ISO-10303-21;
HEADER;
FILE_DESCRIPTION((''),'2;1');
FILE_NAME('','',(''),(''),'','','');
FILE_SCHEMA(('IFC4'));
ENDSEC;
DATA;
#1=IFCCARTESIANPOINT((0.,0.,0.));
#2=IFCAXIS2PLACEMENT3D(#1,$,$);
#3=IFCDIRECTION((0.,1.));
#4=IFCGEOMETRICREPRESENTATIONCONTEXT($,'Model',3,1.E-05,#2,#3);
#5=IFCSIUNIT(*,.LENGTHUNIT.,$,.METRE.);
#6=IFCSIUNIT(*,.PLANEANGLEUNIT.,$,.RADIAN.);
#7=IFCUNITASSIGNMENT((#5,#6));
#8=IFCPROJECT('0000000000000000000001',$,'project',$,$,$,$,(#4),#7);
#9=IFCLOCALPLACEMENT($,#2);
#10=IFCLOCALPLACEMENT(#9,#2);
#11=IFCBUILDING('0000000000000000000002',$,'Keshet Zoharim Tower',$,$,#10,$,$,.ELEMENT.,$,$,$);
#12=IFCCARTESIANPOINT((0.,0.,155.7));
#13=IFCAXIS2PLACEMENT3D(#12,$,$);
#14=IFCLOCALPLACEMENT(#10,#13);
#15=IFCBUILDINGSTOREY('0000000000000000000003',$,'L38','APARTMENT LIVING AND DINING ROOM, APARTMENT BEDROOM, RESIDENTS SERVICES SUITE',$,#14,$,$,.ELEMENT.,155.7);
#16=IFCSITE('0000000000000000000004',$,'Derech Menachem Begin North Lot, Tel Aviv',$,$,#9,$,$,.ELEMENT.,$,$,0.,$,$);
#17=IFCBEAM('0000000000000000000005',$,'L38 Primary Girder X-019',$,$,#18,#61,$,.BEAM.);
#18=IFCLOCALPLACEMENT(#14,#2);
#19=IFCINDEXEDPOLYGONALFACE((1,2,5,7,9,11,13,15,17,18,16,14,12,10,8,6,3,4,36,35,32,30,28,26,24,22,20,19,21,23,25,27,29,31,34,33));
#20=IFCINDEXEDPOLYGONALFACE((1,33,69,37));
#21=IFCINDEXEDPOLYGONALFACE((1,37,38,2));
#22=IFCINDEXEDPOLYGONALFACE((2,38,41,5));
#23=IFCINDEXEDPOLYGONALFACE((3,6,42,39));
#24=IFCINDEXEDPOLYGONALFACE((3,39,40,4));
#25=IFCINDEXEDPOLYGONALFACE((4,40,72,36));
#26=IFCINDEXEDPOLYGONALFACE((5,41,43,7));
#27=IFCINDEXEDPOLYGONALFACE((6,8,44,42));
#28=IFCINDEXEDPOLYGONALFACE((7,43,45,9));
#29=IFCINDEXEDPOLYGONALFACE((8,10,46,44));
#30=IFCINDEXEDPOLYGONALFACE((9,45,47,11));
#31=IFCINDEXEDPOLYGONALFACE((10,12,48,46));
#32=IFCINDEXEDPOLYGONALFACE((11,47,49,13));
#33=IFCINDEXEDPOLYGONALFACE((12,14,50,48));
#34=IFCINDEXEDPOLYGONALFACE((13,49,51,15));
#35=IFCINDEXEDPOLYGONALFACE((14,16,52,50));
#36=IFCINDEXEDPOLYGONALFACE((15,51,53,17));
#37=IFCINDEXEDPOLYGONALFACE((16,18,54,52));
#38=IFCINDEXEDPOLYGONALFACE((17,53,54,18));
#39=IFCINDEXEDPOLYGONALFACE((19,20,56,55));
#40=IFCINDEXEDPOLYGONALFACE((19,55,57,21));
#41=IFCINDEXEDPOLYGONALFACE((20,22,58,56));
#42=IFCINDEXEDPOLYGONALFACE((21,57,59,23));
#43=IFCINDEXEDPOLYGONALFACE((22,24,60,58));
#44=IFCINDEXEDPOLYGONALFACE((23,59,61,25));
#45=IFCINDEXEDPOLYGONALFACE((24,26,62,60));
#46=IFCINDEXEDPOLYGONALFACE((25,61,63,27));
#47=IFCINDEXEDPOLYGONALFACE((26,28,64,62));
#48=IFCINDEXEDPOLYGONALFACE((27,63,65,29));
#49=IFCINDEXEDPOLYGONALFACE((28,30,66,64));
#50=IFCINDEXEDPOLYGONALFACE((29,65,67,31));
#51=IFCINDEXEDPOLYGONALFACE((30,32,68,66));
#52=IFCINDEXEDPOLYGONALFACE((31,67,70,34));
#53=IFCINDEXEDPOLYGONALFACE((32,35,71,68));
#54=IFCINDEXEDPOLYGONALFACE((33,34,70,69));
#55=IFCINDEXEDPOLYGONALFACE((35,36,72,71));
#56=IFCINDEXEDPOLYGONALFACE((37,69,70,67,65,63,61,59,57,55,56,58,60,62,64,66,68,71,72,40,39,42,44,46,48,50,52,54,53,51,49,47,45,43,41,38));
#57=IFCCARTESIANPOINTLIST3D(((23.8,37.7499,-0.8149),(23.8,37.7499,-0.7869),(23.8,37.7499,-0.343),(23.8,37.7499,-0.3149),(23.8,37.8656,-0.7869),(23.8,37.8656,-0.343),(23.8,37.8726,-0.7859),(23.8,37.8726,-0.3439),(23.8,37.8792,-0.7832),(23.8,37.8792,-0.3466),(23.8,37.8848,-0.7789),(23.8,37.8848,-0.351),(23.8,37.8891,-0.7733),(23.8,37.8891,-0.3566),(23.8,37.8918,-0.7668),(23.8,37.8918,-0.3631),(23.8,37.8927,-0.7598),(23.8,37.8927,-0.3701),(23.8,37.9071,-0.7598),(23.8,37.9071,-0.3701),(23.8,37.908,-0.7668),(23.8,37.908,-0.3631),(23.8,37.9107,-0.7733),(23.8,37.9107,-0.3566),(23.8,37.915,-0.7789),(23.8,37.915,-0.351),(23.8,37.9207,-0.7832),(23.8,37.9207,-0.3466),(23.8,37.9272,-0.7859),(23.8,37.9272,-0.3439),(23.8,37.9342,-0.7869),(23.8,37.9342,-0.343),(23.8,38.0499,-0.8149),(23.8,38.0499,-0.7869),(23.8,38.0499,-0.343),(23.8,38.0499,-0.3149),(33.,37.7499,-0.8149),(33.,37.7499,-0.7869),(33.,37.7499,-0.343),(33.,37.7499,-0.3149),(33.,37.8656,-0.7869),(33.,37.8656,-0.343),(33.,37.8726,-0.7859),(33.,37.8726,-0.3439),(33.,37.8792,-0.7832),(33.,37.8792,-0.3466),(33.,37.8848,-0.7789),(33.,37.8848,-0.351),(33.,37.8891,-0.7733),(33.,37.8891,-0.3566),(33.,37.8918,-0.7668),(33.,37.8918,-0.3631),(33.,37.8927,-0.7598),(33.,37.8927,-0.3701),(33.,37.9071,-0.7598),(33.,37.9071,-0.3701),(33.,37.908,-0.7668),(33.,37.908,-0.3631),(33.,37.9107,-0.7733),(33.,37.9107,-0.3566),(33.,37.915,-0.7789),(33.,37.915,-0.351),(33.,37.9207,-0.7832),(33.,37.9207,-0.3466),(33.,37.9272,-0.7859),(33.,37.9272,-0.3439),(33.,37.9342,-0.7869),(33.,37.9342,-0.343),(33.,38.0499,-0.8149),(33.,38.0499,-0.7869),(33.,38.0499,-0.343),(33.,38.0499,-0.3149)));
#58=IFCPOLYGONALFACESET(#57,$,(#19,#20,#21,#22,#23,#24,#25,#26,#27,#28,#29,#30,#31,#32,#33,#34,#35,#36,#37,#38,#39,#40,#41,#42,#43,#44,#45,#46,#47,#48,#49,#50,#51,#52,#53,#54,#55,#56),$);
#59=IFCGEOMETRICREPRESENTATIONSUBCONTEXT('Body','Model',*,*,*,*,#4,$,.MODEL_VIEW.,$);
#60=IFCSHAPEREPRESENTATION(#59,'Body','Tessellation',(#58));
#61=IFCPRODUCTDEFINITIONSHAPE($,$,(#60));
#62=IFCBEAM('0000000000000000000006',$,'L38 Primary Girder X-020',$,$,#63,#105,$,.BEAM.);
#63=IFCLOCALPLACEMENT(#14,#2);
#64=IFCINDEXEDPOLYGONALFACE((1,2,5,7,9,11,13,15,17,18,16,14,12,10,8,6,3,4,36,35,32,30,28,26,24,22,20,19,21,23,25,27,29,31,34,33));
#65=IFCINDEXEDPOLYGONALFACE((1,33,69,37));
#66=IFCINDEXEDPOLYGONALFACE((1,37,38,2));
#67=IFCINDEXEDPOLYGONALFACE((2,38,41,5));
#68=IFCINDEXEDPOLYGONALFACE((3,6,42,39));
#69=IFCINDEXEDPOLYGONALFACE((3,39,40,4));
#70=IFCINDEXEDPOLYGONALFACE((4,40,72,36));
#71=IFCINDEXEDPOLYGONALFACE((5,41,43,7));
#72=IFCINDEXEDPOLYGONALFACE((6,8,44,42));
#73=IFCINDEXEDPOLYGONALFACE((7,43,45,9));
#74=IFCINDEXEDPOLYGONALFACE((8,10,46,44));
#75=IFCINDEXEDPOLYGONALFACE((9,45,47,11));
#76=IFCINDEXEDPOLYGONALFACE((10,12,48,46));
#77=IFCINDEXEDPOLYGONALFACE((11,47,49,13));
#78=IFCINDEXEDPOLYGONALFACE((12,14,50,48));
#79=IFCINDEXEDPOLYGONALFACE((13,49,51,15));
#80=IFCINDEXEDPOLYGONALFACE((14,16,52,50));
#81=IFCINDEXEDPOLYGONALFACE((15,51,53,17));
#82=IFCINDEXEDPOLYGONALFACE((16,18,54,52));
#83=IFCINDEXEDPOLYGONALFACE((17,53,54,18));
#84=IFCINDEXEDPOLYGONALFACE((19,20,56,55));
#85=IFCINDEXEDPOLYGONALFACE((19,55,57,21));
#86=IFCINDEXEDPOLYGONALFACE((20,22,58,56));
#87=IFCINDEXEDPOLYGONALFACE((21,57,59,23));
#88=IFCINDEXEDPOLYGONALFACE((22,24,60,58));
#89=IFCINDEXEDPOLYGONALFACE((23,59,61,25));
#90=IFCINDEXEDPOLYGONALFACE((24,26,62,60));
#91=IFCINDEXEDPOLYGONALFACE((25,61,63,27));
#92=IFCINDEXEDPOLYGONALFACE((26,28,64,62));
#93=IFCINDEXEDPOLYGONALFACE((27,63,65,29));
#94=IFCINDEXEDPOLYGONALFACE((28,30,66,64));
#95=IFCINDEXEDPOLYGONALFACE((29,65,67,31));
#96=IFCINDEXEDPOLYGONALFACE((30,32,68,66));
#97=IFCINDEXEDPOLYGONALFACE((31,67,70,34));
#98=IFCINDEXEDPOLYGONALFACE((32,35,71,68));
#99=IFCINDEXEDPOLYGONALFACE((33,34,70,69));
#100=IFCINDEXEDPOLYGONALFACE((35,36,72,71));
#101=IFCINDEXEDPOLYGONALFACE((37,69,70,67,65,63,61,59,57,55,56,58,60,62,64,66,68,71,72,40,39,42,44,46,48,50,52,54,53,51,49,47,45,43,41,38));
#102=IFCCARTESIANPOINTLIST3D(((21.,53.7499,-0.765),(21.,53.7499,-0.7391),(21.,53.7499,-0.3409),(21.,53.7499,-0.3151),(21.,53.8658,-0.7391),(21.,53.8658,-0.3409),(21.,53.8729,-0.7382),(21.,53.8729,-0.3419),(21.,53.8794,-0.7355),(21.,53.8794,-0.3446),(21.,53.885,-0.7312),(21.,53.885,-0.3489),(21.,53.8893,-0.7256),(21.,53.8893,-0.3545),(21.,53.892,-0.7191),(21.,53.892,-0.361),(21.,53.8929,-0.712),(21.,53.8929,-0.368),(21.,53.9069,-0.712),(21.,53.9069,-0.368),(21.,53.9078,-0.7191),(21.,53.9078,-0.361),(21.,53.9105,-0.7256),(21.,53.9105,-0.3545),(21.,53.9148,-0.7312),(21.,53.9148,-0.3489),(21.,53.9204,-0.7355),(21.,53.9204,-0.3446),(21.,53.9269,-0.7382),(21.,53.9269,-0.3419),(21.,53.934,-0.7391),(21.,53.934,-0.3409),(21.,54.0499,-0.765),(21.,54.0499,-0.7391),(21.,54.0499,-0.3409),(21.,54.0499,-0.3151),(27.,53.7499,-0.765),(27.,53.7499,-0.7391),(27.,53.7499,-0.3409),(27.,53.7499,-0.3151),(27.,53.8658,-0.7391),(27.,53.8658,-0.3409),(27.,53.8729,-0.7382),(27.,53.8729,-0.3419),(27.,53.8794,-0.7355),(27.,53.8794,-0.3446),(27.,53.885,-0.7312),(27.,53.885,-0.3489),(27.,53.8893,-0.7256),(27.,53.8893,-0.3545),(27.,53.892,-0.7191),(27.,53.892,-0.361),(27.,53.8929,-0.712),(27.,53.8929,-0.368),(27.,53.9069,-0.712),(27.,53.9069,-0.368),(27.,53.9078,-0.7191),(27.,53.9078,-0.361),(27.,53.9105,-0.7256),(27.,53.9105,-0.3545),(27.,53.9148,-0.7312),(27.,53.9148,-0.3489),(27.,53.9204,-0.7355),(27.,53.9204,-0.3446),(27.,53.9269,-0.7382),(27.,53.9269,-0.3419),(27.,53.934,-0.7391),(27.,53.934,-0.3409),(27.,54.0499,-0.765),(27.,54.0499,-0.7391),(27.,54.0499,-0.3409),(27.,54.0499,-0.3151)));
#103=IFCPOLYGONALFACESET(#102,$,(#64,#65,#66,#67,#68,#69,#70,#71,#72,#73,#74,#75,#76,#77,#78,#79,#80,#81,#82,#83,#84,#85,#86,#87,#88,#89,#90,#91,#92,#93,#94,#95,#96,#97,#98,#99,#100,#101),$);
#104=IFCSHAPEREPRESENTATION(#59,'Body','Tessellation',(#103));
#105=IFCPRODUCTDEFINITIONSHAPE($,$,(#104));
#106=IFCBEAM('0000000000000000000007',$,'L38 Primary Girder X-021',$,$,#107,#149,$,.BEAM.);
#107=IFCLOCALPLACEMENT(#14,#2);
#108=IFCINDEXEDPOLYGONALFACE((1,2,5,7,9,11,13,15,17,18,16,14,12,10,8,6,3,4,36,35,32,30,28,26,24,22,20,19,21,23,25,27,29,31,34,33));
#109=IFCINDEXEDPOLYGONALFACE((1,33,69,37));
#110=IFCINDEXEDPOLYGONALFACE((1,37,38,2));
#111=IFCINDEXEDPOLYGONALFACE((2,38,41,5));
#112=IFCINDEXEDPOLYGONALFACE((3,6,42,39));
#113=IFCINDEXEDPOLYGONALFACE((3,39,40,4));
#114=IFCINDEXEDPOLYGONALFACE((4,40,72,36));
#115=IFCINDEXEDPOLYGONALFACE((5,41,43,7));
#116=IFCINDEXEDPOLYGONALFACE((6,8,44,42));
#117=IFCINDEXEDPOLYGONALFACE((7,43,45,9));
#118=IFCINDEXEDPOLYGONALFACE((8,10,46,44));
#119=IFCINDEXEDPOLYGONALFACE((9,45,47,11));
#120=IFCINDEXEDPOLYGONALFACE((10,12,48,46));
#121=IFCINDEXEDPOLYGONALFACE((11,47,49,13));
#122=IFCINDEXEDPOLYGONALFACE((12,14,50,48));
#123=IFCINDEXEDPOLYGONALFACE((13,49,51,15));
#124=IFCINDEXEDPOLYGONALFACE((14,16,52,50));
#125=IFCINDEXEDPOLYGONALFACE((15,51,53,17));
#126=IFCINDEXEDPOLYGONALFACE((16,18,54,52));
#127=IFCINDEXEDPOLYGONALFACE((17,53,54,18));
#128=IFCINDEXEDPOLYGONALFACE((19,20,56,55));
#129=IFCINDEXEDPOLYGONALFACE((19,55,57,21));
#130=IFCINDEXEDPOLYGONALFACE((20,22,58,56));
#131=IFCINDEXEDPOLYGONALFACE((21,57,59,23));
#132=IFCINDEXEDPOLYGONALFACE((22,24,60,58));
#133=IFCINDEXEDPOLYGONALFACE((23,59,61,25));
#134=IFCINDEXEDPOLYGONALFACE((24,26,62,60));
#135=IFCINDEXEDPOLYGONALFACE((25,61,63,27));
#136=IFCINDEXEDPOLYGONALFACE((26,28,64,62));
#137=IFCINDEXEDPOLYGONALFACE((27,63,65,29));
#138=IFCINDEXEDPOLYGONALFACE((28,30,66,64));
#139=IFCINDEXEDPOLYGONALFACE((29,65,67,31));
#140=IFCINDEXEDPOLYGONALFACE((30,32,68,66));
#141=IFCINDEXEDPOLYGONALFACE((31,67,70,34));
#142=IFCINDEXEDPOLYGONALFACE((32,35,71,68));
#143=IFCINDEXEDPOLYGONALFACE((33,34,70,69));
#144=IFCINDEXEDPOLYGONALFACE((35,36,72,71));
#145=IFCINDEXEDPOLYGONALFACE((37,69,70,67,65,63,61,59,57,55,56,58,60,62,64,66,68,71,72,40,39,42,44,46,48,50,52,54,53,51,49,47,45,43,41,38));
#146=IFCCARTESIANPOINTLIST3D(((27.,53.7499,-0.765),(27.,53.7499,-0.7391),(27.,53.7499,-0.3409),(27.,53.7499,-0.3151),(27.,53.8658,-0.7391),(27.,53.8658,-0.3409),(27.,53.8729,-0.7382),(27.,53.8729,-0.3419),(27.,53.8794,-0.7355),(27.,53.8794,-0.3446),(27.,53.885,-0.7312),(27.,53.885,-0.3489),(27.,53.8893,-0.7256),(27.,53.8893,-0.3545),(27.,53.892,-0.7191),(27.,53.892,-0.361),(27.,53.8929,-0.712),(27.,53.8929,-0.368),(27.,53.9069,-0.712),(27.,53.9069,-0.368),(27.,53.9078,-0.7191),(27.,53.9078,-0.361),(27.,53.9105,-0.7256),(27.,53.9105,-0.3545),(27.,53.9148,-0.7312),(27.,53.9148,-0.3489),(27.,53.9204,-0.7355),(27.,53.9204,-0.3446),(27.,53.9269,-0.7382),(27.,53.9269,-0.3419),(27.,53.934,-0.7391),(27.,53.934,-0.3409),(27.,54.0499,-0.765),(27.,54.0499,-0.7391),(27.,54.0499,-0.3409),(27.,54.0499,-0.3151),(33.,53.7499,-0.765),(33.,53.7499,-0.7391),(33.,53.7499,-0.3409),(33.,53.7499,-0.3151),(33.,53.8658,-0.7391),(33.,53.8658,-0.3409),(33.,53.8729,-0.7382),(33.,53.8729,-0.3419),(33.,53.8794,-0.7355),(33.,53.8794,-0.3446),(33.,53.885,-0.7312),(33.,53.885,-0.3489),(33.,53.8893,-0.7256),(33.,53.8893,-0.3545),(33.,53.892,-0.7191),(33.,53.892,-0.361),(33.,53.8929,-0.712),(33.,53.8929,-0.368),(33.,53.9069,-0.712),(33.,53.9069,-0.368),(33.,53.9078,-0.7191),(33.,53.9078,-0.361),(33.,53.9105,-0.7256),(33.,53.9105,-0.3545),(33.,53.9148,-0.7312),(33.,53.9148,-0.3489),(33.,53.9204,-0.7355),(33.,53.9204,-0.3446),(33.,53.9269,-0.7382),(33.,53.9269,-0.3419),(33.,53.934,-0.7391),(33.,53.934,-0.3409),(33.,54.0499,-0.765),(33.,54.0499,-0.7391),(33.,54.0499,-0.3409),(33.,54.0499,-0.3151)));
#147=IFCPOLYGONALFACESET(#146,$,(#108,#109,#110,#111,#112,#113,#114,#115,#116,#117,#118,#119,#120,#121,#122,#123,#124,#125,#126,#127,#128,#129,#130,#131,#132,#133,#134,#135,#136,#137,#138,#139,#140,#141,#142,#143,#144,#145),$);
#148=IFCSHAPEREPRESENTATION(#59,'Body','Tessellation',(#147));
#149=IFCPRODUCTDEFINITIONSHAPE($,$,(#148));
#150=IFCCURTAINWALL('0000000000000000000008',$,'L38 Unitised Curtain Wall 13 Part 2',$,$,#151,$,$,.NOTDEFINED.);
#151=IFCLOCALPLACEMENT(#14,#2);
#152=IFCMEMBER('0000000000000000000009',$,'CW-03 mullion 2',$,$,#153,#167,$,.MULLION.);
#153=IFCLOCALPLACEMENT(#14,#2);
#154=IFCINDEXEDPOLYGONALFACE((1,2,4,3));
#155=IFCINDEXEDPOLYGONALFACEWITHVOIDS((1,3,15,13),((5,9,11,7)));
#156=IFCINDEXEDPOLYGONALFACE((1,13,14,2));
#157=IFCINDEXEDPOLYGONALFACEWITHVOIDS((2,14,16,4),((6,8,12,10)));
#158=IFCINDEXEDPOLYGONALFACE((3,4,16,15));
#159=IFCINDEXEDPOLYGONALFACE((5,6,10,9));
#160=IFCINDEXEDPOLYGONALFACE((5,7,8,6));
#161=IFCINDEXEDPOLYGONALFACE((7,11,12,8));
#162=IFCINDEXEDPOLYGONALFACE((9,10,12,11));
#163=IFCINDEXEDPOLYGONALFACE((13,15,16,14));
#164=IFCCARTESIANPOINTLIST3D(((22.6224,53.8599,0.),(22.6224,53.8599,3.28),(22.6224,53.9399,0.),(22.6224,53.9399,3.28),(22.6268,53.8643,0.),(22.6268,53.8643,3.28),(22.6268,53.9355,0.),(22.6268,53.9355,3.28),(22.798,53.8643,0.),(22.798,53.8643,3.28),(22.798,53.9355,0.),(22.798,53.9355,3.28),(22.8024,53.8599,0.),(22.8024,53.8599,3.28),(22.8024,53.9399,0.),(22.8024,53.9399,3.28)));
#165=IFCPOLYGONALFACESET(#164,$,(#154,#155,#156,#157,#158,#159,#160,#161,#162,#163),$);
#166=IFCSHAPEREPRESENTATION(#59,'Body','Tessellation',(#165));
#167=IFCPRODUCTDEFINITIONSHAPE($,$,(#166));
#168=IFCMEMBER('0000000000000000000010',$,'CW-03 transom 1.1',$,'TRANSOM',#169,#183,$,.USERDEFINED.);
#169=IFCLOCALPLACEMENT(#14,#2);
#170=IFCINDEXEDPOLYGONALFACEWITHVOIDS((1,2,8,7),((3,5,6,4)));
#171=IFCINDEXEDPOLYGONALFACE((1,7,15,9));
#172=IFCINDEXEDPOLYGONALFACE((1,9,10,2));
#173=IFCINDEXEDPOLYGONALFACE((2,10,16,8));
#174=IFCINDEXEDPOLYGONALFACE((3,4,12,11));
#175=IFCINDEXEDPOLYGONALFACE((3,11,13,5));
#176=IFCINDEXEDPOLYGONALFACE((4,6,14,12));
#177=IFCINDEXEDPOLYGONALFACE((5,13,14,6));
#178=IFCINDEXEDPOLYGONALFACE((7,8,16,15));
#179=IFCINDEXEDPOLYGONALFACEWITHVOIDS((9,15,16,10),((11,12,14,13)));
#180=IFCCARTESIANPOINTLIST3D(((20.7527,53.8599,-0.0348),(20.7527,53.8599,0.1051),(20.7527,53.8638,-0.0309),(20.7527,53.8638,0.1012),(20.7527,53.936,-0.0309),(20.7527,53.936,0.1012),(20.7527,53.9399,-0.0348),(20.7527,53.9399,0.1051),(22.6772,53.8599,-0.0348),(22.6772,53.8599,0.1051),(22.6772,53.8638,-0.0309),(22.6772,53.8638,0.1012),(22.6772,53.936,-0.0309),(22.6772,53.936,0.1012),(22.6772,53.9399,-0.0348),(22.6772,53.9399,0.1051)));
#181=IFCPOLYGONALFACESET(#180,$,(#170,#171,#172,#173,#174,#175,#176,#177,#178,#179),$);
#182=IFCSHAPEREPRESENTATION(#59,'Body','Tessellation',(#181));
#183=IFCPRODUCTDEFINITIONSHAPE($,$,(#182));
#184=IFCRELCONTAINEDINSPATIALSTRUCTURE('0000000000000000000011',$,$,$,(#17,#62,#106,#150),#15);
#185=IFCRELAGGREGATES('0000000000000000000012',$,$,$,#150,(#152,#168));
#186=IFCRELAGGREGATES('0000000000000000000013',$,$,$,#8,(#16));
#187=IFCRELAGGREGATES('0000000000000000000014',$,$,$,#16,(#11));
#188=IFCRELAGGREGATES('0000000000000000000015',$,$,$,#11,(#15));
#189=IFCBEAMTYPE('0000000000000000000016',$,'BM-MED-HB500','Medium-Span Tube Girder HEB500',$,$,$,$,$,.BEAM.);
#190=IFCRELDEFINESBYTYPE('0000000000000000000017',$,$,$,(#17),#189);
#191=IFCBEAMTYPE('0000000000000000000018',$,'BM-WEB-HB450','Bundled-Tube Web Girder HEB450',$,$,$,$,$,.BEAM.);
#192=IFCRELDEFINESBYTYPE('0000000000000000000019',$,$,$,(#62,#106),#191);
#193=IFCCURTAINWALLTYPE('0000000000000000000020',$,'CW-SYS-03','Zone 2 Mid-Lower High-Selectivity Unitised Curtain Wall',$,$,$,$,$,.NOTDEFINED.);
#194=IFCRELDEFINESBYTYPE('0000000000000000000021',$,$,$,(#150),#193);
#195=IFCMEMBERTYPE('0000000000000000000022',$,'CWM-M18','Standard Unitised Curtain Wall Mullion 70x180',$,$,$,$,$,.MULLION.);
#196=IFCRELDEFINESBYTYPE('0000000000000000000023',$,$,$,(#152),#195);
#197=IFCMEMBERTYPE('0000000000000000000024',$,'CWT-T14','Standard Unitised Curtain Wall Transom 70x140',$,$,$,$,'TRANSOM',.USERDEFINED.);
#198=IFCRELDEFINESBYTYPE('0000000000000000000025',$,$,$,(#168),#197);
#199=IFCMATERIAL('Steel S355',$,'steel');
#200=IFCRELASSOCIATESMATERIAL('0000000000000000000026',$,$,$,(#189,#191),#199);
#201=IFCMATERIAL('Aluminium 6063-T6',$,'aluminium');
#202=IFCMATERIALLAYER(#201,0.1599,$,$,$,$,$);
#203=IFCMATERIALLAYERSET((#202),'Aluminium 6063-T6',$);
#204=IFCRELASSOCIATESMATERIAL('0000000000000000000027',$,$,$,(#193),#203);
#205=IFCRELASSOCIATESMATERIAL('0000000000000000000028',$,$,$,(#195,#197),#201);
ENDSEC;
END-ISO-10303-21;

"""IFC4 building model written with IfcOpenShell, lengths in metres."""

from ifc_helpers import new_model, si_unit, direction, frame, origin, origin_2d, place, context, subcontext, project, spatial, hollow_rectangle, i_section, extrude, material, layer, layer_set, material_profile, profile_set, type_object, element, aggregate, save


model = new_model("IFC4")

# Units and contexts
model_context = context("Model", 3, precision=1e-05, world=origin(), true_north=direction((0.0, 1.0)))
body_context = subcontext(model_context, "Body", "Model", "MODEL_VIEW")
ifc_project = project(units=[si_unit("LENGTHUNIT", "METRE"), si_unit("PLANEANGLEUNIT", "RADIAN")], contexts=[model_context])

# Site, building, storey
site_placement = place(None, origin())
site = spatial("IfcSite", under=ifc_project, at=site_placement, Name="Derech Menachem Begin North Lot, Tel Aviv", CompositionType="ELEMENT", RefElevation=0.0)
building_placement = place(site_placement, origin())
building = spatial("IfcBuilding", under=site, at=building_placement, Name="Keshet Zoharim Tower", CompositionType="ELEMENT")
storey_placement = place(building_placement, frame((0.0, 0.0, 155.7)))
storey = spatial("IfcBuildingStorey", under=building, at=storey_placement, Name="L38", Description="APARTMENT LIVING AND DINING ROOM, APARTMENT BEDROOM, RESIDENTS SERVICES SUITE", CompositionType="ELEMENT", Elevation=155.7)

# Shared definitions
ifc_material_1 = material(Name="Steel S355", Category="steel")

# Beams
ifc_material_profile_1 = material_profile(ifc_material_1, i_section(OverallWidth=0.3, OverallDepth=0.5, WebThickness=0.0144, FlangeThickness=0.0281, FilletRadius=0.0271, at=origin_2d()), Name="HEB500")
ifc_profile_set_1 = profile_set([ifc_material_profile_1], Name="Steel S355")
beam_type_1 = type_object("IfcBeamType", Name="BM-MED-HB500", Description="Medium-Span Tube Girder HEB500", PredefinedType="BEAM", material=ifc_profile_set_1)
beam_placement = place(storey_placement, frame((23.8, 37.8999, -0.5649), z_axis=(1.0, 0.0, 0.0), x_axis=(0.0, 1.0, 0.0)))
element("IfcBeam", 1, at=beam_placement, inside=storey, type_object=beam_type_1, Name="L38 Primary Girder X-019", PredefinedType="BEAM", context=body_context, shape_type="SweptSolid", body=[
    extrude(i_section(OverallWidth=0.3, OverallDepth=0.5, WebThickness=0.0144, FlangeThickness=0.0281, FilletRadius=0.0271, at=origin_2d()), origin(), (0.0, 0.0, 1.0), 9.2),
])
ifc_material_profile_2 = material_profile(ifc_material_1, i_section(OverallWidth=0.3, OverallDepth=0.45, WebThickness=0.0139, FlangeThickness=0.0259, FilletRadius=0.0271, at=origin_2d()), Name="HEB450")
ifc_profile_set_2 = profile_set([ifc_material_profile_2], Name="Steel S355")
beam_type_2 = type_object("IfcBeamType", Name="BM-WEB-HB450", Description="Bundled-Tube Web Girder HEB450", PredefinedType="BEAM", material=ifc_profile_set_2)
for number, where, z_axis, x_axis, name in (
    (2, (21.0, 53.8999, -0.54), (1.0, 0.0, 0.0), (0.0, 1.0, 0.0), "L38 Primary Girder X-020"),
    (3, (27.0, 53.8999, -0.54), (1.0, 0.0, 0.0), (0.0, 1.0, 0.0), "L38 Primary Girder X-021"),
):
    element("IfcBeam", number, at=place(storey_placement, frame(where, z_axis=z_axis, x_axis=x_axis)), inside=storey, type_object=beam_type_2, Name=name, PredefinedType="BEAM", context=body_context, shape_type="SweptSolid", body=[
        extrude(i_section(OverallWidth=0.3, OverallDepth=0.45, WebThickness=0.0139, FlangeThickness=0.0259, FilletRadius=0.0271, at=origin_2d()), origin(), (0.0, 0.0, 1.0), 6.0),
    ])

# Curtain wall, members
ifc_material_2 = material(Name="Aluminium 6063-T6", Category="aluminium")
ifc_layer_1 = layer(ifc_material_2, 0.1599)
ifc_layer_set_1 = layer_set([ifc_layer_1], Name="Aluminium 6063-T6")
curtain_wall_type = type_object("IfcCurtainWallType", Name="CW-SYS-03", Description="Zone 2 Mid-Lower High-Selectivity Unitised Curtain Wall", PredefinedType="NOTDEFINED", material=ifc_layer_set_1)
curtain_wall_1_placement = place(storey_placement, origin())
curtain_wall_1 = element("IfcCurtainWall", 4, at=curtain_wall_1_placement, inside=storey, type_object=curtain_wall_type, Name="L38 Unitised Curtain Wall 13 Part 2", PredefinedType="NOTDEFINED")
ifc_material_profile_3 = material_profile(ifc_material_2, hollow_rectangle(XDim=0.0801, YDim=0.1799, WallThickness=0.0044, at=origin_2d()), Name="MUL-80x180")
ifc_profile_set_3 = profile_set([ifc_material_profile_3], Name="Aluminium 6063-T6")
member_type_1 = type_object("IfcMemberType", Name="CWM-M18", Description="Standard Unitised Curtain Wall Mullion 70x180", PredefinedType="MULLION", material=ifc_profile_set_3)
member_1_placement = place(storey_placement, frame((22.7124, 53.8999, 0.0), z_axis=(0.0, 0.0, 1.0), x_axis=(0.0, 1.0, 0.0)))
member_1 = element("IfcMember", 5, at=member_1_placement, type_object=member_type_1, Name="CW-03 mullion 2", PredefinedType="MULLION", context=body_context, shape_type="SweptSolid", body=[
    extrude(hollow_rectangle(XDim=0.0801, YDim=0.1799, WallThickness=0.0044, at=origin_2d()), origin(), (0.0, 0.0, 1.0), 3.28),
])
ifc_material_profile_4 = material_profile(ifc_material_2, hollow_rectangle(XDim=0.0801, YDim=0.1399, WallThickness=0.0039, at=origin_2d()), Name="TRN-80x140")
ifc_profile_set_4 = profile_set([ifc_material_profile_4], Name="Aluminium 6063-T6")
member_type_2 = type_object("IfcMemberType", Name="CWT-T14", Description="Standard Unitised Curtain Wall Transom 70x140", ElementType="TRANSOM", PredefinedType="USERDEFINED", material=ifc_profile_set_4)
member_2_placement = place(storey_placement, frame((20.7527, 53.8999, 0.0352), z_axis=(1.0, 0.0, 0.0), x_axis=(0.0, 1.0, 0.0)))
member_2 = element("IfcMember", 6, at=member_2_placement, type_object=member_type_2, Name="CW-03 transom 1.1", ObjectType="TRANSOM", PredefinedType="USERDEFINED", context=body_context, shape_type="SweptSolid", body=[
    extrude(hollow_rectangle(XDim=0.0801, YDim=0.1399, WallThickness=0.0039, at=origin_2d()), origin(), (0.0, 0.0, 1.0), 1.9246),
])

aggregate(curtain_wall_1, [member_1, member_2])

save(model, "model.ifc")
